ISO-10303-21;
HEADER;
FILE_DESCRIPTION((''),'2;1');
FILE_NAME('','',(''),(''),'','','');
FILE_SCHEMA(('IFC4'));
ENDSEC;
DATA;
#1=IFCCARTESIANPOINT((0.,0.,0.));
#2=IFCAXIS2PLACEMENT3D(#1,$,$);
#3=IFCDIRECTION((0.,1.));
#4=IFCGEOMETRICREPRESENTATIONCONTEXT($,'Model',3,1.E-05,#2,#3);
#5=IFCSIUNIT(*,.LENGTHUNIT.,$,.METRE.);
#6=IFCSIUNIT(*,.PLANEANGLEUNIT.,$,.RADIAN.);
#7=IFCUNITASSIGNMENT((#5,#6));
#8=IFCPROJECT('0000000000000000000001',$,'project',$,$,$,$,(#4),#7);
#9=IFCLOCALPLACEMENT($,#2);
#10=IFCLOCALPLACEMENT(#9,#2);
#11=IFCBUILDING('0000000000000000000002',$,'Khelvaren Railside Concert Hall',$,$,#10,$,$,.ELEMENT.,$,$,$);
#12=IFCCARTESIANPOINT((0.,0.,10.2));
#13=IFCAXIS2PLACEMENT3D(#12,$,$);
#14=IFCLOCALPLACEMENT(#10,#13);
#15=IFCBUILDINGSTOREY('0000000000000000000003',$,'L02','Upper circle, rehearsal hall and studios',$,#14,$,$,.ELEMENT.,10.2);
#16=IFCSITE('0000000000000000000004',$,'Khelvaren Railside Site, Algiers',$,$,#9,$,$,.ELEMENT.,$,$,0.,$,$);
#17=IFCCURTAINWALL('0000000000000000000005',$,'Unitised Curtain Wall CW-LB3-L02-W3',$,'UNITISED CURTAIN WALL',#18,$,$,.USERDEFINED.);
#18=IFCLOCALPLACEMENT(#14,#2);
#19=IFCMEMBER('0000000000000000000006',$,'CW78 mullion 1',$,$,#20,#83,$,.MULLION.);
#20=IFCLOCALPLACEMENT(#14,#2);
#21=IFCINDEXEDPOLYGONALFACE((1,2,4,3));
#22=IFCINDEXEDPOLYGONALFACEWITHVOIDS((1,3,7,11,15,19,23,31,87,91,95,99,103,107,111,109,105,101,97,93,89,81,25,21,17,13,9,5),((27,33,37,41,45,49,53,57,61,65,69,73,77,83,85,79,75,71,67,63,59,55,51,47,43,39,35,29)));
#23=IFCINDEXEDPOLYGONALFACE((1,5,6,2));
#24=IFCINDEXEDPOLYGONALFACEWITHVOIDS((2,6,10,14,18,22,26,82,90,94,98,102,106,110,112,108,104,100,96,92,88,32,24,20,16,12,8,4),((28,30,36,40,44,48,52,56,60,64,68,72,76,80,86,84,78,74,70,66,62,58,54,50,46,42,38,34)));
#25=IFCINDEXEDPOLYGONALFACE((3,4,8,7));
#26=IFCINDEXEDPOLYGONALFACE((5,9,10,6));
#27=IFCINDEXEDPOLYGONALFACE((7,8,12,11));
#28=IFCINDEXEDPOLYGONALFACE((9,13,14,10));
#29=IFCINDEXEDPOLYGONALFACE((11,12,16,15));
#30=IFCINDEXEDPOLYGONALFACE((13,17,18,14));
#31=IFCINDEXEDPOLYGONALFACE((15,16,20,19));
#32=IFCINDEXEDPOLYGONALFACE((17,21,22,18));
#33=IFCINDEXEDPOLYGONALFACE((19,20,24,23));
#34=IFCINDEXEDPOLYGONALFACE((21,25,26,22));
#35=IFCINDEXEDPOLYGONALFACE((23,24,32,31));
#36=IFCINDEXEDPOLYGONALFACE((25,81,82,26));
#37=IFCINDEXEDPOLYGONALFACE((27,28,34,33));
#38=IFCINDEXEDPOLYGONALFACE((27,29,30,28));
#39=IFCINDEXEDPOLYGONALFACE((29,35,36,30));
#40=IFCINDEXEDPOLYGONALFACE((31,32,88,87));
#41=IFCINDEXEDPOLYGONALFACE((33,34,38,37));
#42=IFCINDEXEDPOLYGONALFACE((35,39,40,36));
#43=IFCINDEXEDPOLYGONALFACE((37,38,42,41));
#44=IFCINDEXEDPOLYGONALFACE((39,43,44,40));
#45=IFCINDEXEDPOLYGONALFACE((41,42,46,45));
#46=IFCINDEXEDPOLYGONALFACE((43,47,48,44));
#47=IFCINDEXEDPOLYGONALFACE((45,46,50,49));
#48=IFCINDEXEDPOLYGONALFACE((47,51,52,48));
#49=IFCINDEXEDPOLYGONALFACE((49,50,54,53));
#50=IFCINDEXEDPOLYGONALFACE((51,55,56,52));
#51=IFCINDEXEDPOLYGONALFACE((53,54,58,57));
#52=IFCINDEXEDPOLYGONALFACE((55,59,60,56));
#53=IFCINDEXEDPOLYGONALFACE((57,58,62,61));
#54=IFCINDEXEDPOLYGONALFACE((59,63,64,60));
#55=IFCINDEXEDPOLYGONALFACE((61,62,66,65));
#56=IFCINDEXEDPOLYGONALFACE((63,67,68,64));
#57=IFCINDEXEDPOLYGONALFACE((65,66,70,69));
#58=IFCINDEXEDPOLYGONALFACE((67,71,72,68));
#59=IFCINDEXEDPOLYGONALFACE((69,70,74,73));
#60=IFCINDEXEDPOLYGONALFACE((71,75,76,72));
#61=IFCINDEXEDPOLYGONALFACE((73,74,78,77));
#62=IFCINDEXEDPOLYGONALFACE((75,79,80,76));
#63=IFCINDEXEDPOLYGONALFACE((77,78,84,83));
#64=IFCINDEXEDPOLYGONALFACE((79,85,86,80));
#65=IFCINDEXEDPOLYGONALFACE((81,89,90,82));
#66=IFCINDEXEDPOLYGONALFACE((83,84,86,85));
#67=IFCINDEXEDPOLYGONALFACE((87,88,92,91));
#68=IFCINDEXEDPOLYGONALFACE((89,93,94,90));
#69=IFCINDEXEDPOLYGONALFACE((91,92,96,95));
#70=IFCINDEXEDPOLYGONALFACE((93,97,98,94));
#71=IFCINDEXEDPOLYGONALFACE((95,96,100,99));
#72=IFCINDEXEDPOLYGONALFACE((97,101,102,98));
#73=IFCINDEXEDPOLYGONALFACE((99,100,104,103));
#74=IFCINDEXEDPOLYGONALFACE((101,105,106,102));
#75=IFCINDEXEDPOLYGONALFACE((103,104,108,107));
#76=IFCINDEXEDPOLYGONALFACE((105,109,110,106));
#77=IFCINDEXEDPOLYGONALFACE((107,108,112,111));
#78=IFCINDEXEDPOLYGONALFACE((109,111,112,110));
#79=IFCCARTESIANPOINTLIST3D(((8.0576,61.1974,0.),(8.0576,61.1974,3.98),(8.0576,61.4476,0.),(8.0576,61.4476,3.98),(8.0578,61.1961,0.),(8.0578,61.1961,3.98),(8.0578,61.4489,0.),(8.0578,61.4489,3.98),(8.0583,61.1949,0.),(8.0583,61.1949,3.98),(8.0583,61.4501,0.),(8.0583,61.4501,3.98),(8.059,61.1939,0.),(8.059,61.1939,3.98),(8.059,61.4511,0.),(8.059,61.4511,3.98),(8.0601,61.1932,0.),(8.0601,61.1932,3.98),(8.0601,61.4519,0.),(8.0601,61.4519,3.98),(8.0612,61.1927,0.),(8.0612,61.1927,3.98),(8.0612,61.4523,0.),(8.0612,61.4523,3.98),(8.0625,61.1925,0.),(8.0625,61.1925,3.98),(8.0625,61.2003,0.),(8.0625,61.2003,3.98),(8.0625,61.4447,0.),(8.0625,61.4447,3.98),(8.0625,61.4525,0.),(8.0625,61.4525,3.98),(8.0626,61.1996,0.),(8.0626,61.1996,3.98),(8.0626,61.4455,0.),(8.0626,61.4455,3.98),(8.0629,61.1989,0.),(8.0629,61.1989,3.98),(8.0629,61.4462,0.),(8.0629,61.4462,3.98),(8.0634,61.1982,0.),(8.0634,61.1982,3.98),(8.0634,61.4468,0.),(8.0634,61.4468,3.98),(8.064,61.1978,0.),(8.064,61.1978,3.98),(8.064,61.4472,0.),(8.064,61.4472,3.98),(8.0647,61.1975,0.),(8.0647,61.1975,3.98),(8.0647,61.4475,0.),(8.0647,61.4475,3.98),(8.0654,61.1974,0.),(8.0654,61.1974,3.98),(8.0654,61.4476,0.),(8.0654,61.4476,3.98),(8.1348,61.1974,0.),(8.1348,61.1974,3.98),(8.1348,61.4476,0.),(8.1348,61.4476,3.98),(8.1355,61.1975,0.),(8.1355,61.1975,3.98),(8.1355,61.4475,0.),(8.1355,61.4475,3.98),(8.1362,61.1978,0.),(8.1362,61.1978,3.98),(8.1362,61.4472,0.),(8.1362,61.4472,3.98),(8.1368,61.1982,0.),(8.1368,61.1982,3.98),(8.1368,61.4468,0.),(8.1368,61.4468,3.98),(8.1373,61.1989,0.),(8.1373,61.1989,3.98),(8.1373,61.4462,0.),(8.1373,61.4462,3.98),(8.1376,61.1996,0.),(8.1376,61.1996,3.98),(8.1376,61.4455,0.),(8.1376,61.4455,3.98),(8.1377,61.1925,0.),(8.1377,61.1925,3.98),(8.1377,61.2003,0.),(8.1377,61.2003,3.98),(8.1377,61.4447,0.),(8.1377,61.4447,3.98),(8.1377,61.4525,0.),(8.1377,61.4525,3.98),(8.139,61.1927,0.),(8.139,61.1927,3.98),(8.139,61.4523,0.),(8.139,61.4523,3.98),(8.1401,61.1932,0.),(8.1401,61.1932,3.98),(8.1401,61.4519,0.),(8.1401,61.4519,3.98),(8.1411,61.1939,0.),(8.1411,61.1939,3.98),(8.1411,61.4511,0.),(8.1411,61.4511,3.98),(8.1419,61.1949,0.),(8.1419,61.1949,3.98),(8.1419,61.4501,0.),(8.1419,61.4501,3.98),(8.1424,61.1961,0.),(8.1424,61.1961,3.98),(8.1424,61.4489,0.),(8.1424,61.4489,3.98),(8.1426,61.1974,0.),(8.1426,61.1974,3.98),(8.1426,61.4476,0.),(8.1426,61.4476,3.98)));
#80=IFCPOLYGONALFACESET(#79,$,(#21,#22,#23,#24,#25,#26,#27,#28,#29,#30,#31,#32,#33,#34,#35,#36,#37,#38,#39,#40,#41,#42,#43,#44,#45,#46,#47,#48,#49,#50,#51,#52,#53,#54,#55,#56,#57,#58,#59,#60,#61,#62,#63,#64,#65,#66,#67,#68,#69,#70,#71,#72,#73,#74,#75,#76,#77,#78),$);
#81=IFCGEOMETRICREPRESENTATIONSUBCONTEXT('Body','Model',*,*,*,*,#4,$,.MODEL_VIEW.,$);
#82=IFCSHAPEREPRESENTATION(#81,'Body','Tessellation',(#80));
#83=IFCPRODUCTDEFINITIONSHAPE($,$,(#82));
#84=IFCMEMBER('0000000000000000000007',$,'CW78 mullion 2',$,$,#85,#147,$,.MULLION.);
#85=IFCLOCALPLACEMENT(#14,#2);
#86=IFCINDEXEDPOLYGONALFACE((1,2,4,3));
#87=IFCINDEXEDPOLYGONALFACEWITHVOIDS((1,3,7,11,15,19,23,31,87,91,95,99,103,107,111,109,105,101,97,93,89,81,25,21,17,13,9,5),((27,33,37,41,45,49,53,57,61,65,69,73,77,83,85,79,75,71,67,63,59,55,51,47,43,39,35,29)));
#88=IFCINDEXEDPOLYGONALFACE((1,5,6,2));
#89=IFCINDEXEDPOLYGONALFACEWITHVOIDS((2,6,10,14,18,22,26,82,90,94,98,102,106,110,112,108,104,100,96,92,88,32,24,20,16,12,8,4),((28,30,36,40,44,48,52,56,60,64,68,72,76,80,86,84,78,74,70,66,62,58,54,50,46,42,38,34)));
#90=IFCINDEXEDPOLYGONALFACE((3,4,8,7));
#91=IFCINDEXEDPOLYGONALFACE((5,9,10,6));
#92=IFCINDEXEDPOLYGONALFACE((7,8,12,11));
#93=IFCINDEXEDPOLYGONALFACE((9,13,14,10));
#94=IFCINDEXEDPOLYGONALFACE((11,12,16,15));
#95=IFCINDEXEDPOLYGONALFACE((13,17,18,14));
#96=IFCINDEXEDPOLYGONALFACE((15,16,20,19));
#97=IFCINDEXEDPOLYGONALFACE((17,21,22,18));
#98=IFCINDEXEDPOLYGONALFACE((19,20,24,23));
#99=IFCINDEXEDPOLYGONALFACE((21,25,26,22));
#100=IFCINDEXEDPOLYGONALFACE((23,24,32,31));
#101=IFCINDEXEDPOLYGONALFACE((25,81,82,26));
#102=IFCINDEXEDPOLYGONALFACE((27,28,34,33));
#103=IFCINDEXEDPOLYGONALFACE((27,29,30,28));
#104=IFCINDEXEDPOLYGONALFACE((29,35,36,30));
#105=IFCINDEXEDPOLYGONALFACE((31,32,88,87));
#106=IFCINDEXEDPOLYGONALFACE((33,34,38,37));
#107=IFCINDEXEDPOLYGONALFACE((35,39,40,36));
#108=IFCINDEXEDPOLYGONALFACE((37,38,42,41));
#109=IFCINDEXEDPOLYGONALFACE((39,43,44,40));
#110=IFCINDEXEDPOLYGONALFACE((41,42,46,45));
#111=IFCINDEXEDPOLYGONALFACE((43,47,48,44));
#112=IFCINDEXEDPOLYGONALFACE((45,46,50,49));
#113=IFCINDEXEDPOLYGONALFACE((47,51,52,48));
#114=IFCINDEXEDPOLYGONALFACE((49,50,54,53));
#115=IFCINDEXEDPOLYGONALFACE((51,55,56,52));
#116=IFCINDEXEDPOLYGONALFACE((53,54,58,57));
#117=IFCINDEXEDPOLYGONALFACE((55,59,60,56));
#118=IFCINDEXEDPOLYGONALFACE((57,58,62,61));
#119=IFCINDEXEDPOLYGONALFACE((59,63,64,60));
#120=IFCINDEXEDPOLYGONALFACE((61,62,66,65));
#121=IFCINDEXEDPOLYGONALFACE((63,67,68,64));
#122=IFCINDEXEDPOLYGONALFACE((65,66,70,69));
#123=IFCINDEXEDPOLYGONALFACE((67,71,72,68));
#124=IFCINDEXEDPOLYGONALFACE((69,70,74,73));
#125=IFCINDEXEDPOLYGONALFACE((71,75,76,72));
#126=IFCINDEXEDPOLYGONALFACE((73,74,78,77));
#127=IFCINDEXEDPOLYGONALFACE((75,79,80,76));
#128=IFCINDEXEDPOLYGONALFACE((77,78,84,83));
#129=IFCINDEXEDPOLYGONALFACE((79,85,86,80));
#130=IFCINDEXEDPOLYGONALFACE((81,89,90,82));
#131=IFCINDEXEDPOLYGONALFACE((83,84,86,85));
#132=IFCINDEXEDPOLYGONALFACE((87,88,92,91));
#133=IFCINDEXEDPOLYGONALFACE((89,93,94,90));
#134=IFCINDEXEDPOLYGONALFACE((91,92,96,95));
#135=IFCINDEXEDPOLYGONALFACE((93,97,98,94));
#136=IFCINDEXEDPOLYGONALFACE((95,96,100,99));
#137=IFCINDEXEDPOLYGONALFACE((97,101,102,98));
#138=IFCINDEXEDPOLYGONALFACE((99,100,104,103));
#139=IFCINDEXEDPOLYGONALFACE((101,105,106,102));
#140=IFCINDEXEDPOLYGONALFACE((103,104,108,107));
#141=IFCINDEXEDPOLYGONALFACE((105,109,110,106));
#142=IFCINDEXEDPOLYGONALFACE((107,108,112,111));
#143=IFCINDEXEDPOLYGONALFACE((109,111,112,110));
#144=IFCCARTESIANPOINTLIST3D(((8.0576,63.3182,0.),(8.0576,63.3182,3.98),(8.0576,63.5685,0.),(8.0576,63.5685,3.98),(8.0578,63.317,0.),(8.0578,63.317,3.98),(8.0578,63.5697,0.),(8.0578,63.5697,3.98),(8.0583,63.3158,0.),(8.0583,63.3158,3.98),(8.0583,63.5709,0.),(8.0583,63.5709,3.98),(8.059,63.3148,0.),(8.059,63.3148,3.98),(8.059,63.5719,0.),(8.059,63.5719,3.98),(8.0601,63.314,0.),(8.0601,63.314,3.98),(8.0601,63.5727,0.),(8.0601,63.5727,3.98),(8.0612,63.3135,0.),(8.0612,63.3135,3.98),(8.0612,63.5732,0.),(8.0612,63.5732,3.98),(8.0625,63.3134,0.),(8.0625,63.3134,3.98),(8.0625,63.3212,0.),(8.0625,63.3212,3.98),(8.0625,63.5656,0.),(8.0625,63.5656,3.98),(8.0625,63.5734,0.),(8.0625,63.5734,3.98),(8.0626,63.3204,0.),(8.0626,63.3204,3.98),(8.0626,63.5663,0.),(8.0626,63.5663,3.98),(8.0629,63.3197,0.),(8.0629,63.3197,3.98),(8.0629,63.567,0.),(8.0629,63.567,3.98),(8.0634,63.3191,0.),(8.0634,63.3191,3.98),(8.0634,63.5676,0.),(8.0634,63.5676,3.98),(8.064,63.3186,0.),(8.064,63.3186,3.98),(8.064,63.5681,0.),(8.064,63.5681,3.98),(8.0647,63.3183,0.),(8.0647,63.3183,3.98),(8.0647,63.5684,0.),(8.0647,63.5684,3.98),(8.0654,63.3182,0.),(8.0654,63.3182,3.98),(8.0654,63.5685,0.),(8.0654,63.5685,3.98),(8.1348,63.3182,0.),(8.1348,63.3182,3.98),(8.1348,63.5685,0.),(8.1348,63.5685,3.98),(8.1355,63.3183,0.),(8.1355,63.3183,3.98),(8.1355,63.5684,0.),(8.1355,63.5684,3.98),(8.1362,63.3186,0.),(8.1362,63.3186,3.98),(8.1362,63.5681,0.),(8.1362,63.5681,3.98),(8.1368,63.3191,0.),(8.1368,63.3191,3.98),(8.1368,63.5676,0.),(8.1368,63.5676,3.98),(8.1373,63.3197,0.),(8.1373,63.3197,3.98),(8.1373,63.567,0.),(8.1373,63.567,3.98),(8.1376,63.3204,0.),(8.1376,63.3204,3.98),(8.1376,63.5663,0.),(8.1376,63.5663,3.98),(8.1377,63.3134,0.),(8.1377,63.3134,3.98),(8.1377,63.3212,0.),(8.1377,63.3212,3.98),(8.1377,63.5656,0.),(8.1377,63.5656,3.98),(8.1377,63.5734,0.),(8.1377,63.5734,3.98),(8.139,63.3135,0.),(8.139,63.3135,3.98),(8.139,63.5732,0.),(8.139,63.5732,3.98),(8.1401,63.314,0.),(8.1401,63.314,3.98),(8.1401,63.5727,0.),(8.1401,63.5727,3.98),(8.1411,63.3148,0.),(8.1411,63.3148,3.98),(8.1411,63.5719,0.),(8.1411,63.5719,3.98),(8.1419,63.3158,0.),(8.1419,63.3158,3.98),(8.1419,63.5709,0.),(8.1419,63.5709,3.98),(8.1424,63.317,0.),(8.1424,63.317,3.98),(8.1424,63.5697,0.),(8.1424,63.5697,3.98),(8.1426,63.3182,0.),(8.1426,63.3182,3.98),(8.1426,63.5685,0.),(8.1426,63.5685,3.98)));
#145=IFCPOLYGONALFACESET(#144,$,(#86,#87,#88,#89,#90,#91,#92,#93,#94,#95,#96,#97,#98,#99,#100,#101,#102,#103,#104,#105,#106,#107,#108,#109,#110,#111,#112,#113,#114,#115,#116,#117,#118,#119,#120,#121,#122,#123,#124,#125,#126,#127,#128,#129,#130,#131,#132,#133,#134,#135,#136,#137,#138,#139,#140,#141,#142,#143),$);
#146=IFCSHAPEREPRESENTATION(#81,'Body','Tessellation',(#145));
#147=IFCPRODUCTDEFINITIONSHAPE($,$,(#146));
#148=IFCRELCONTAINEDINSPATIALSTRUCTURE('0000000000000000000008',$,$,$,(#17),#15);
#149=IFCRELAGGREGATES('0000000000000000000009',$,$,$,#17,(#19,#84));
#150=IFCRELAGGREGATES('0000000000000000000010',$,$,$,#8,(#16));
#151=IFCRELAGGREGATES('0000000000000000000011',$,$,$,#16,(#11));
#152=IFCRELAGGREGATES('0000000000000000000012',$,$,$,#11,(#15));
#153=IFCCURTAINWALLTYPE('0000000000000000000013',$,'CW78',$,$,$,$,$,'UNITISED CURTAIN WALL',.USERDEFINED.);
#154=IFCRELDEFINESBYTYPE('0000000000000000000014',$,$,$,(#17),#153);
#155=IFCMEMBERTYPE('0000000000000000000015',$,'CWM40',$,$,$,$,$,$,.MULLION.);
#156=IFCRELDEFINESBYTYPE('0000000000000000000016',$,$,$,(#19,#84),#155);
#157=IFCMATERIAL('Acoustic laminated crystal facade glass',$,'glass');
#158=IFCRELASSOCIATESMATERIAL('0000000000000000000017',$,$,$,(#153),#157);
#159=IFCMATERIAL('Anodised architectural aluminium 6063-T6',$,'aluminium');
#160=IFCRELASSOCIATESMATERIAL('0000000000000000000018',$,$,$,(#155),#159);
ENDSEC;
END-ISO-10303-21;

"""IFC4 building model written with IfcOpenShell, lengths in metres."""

from ifc_helpers import new_model, si_unit, direction, frame, origin, origin_2d, place, context, subcontext, project, spatial, hollow_rectangle, extrude, material, material_profile, profile_set, type_object, element, aggregate, save


model = new_model("IFC4")

# Units and contexts
model_context = context("Model", 3, precision=1e-05, world=origin(), true_north=direction((0.0, 1.0)))
body_context = subcontext(model_context, "Body", "Model", "MODEL_VIEW")
ifc_project = project(units=[si_unit("LENGTHUNIT", "METRE"), si_unit("PLANEANGLEUNIT", "RADIAN")], contexts=[model_context])

# Site, building, storey
site_placement = place(None, origin())
site = spatial("IfcSite", under=ifc_project, at=site_placement, Name="Khelvaren Railside Site, Algiers", CompositionType="ELEMENT", RefElevation=0.0)
building_placement = place(site_placement, origin())
building = spatial("IfcBuilding", under=site, at=building_placement, Name="Khelvaren Railside Concert Hall", CompositionType="ELEMENT")
storey_placement = place(building_placement, frame((0.0, 0.0, 10.2)))
storey = spatial("IfcBuildingStorey", under=building, at=storey_placement, Name="L02", Description="Upper circle, rehearsal hall and studios", CompositionType="ELEMENT", Elevation=10.2)

# Curtain wall, members
ifc_material_1 = material(Name="Acoustic laminated crystal facade glass", Category="glass")
curtain_wall_type = type_object("IfcCurtainWallType", Name="CW78", ElementType="UNITISED CURTAIN WALL", PredefinedType="USERDEFINED", material=ifc_material_1)
ifc_material_2 = material(Name="Anodised architectural aluminium 6063-T6", Category="aluminium")
ifc_material_profile_1 = material_profile(ifc_material_2, hollow_rectangle(XDim=0.085, YDim=0.26, WallThickness=0.0049, InnerFilletRadius=0.0029, OuterFilletRadius=0.0049, at=origin_2d()), Name="CWM 85x260x5")
ifc_profile_set_1 = profile_set([ifc_material_profile_1], Name="Anodised architectural aluminium 6063-T6")
member_type_1 = type_object("IfcMemberType", Name="CWM40", PredefinedType="MULLION", material=ifc_profile_set_1)
curtain_wall_1_placement = place(storey_placement, origin())
curtain_wall_1 = element("IfcCurtainWall", 1, at=curtain_wall_1_placement, inside=storey, type_object=curtain_wall_type, Name="Unitised Curtain Wall CW-LB3-L02-W3", ObjectType="UNITISED CURTAIN WALL", PredefinedType="USERDEFINED")
member_1_placement = place(storey_placement, frame((8.1001, 61.3225, 0.0), z_axis=(0.0, 0.0, 1.0), x_axis=(-1.0, 0.0, 0.0)))
member_1 = element("IfcMember", 2, at=member_1_placement, type_object=member_type_1, Name="CW78 mullion 1", PredefinedType="MULLION", context=body_context, shape_type="SweptSolid", body=[
    extrude(hollow_rectangle(XDim=0.085, YDim=0.26, WallThickness=0.0049, InnerFilletRadius=0.0029, OuterFilletRadius=0.0049, at=origin_2d()), origin(), (0.0, 0.0, 1.0), 3.98),
])
member_2_placement = place(storey_placement, frame((8.1001, 63.4434, 0.0), z_axis=(0.0, 0.0, 1.0), x_axis=(-1.0, 0.0, 0.0)))
member_2 = element("IfcMember", 3, at=member_2_placement, type_object=member_type_1, Name="CW78 mullion 2", PredefinedType="MULLION", context=body_context, shape_type="SweptSolid", body=[
    extrude(hollow_rectangle(XDim=0.085, YDim=0.26, WallThickness=0.0049, InnerFilletRadius=0.0029, OuterFilletRadius=0.0049, at=origin_2d()), origin(), (0.0, 0.0, 1.0), 3.98),
])

aggregate(curtain_wall_1, [member_1, member_2])

save(model, "model.ifc")
